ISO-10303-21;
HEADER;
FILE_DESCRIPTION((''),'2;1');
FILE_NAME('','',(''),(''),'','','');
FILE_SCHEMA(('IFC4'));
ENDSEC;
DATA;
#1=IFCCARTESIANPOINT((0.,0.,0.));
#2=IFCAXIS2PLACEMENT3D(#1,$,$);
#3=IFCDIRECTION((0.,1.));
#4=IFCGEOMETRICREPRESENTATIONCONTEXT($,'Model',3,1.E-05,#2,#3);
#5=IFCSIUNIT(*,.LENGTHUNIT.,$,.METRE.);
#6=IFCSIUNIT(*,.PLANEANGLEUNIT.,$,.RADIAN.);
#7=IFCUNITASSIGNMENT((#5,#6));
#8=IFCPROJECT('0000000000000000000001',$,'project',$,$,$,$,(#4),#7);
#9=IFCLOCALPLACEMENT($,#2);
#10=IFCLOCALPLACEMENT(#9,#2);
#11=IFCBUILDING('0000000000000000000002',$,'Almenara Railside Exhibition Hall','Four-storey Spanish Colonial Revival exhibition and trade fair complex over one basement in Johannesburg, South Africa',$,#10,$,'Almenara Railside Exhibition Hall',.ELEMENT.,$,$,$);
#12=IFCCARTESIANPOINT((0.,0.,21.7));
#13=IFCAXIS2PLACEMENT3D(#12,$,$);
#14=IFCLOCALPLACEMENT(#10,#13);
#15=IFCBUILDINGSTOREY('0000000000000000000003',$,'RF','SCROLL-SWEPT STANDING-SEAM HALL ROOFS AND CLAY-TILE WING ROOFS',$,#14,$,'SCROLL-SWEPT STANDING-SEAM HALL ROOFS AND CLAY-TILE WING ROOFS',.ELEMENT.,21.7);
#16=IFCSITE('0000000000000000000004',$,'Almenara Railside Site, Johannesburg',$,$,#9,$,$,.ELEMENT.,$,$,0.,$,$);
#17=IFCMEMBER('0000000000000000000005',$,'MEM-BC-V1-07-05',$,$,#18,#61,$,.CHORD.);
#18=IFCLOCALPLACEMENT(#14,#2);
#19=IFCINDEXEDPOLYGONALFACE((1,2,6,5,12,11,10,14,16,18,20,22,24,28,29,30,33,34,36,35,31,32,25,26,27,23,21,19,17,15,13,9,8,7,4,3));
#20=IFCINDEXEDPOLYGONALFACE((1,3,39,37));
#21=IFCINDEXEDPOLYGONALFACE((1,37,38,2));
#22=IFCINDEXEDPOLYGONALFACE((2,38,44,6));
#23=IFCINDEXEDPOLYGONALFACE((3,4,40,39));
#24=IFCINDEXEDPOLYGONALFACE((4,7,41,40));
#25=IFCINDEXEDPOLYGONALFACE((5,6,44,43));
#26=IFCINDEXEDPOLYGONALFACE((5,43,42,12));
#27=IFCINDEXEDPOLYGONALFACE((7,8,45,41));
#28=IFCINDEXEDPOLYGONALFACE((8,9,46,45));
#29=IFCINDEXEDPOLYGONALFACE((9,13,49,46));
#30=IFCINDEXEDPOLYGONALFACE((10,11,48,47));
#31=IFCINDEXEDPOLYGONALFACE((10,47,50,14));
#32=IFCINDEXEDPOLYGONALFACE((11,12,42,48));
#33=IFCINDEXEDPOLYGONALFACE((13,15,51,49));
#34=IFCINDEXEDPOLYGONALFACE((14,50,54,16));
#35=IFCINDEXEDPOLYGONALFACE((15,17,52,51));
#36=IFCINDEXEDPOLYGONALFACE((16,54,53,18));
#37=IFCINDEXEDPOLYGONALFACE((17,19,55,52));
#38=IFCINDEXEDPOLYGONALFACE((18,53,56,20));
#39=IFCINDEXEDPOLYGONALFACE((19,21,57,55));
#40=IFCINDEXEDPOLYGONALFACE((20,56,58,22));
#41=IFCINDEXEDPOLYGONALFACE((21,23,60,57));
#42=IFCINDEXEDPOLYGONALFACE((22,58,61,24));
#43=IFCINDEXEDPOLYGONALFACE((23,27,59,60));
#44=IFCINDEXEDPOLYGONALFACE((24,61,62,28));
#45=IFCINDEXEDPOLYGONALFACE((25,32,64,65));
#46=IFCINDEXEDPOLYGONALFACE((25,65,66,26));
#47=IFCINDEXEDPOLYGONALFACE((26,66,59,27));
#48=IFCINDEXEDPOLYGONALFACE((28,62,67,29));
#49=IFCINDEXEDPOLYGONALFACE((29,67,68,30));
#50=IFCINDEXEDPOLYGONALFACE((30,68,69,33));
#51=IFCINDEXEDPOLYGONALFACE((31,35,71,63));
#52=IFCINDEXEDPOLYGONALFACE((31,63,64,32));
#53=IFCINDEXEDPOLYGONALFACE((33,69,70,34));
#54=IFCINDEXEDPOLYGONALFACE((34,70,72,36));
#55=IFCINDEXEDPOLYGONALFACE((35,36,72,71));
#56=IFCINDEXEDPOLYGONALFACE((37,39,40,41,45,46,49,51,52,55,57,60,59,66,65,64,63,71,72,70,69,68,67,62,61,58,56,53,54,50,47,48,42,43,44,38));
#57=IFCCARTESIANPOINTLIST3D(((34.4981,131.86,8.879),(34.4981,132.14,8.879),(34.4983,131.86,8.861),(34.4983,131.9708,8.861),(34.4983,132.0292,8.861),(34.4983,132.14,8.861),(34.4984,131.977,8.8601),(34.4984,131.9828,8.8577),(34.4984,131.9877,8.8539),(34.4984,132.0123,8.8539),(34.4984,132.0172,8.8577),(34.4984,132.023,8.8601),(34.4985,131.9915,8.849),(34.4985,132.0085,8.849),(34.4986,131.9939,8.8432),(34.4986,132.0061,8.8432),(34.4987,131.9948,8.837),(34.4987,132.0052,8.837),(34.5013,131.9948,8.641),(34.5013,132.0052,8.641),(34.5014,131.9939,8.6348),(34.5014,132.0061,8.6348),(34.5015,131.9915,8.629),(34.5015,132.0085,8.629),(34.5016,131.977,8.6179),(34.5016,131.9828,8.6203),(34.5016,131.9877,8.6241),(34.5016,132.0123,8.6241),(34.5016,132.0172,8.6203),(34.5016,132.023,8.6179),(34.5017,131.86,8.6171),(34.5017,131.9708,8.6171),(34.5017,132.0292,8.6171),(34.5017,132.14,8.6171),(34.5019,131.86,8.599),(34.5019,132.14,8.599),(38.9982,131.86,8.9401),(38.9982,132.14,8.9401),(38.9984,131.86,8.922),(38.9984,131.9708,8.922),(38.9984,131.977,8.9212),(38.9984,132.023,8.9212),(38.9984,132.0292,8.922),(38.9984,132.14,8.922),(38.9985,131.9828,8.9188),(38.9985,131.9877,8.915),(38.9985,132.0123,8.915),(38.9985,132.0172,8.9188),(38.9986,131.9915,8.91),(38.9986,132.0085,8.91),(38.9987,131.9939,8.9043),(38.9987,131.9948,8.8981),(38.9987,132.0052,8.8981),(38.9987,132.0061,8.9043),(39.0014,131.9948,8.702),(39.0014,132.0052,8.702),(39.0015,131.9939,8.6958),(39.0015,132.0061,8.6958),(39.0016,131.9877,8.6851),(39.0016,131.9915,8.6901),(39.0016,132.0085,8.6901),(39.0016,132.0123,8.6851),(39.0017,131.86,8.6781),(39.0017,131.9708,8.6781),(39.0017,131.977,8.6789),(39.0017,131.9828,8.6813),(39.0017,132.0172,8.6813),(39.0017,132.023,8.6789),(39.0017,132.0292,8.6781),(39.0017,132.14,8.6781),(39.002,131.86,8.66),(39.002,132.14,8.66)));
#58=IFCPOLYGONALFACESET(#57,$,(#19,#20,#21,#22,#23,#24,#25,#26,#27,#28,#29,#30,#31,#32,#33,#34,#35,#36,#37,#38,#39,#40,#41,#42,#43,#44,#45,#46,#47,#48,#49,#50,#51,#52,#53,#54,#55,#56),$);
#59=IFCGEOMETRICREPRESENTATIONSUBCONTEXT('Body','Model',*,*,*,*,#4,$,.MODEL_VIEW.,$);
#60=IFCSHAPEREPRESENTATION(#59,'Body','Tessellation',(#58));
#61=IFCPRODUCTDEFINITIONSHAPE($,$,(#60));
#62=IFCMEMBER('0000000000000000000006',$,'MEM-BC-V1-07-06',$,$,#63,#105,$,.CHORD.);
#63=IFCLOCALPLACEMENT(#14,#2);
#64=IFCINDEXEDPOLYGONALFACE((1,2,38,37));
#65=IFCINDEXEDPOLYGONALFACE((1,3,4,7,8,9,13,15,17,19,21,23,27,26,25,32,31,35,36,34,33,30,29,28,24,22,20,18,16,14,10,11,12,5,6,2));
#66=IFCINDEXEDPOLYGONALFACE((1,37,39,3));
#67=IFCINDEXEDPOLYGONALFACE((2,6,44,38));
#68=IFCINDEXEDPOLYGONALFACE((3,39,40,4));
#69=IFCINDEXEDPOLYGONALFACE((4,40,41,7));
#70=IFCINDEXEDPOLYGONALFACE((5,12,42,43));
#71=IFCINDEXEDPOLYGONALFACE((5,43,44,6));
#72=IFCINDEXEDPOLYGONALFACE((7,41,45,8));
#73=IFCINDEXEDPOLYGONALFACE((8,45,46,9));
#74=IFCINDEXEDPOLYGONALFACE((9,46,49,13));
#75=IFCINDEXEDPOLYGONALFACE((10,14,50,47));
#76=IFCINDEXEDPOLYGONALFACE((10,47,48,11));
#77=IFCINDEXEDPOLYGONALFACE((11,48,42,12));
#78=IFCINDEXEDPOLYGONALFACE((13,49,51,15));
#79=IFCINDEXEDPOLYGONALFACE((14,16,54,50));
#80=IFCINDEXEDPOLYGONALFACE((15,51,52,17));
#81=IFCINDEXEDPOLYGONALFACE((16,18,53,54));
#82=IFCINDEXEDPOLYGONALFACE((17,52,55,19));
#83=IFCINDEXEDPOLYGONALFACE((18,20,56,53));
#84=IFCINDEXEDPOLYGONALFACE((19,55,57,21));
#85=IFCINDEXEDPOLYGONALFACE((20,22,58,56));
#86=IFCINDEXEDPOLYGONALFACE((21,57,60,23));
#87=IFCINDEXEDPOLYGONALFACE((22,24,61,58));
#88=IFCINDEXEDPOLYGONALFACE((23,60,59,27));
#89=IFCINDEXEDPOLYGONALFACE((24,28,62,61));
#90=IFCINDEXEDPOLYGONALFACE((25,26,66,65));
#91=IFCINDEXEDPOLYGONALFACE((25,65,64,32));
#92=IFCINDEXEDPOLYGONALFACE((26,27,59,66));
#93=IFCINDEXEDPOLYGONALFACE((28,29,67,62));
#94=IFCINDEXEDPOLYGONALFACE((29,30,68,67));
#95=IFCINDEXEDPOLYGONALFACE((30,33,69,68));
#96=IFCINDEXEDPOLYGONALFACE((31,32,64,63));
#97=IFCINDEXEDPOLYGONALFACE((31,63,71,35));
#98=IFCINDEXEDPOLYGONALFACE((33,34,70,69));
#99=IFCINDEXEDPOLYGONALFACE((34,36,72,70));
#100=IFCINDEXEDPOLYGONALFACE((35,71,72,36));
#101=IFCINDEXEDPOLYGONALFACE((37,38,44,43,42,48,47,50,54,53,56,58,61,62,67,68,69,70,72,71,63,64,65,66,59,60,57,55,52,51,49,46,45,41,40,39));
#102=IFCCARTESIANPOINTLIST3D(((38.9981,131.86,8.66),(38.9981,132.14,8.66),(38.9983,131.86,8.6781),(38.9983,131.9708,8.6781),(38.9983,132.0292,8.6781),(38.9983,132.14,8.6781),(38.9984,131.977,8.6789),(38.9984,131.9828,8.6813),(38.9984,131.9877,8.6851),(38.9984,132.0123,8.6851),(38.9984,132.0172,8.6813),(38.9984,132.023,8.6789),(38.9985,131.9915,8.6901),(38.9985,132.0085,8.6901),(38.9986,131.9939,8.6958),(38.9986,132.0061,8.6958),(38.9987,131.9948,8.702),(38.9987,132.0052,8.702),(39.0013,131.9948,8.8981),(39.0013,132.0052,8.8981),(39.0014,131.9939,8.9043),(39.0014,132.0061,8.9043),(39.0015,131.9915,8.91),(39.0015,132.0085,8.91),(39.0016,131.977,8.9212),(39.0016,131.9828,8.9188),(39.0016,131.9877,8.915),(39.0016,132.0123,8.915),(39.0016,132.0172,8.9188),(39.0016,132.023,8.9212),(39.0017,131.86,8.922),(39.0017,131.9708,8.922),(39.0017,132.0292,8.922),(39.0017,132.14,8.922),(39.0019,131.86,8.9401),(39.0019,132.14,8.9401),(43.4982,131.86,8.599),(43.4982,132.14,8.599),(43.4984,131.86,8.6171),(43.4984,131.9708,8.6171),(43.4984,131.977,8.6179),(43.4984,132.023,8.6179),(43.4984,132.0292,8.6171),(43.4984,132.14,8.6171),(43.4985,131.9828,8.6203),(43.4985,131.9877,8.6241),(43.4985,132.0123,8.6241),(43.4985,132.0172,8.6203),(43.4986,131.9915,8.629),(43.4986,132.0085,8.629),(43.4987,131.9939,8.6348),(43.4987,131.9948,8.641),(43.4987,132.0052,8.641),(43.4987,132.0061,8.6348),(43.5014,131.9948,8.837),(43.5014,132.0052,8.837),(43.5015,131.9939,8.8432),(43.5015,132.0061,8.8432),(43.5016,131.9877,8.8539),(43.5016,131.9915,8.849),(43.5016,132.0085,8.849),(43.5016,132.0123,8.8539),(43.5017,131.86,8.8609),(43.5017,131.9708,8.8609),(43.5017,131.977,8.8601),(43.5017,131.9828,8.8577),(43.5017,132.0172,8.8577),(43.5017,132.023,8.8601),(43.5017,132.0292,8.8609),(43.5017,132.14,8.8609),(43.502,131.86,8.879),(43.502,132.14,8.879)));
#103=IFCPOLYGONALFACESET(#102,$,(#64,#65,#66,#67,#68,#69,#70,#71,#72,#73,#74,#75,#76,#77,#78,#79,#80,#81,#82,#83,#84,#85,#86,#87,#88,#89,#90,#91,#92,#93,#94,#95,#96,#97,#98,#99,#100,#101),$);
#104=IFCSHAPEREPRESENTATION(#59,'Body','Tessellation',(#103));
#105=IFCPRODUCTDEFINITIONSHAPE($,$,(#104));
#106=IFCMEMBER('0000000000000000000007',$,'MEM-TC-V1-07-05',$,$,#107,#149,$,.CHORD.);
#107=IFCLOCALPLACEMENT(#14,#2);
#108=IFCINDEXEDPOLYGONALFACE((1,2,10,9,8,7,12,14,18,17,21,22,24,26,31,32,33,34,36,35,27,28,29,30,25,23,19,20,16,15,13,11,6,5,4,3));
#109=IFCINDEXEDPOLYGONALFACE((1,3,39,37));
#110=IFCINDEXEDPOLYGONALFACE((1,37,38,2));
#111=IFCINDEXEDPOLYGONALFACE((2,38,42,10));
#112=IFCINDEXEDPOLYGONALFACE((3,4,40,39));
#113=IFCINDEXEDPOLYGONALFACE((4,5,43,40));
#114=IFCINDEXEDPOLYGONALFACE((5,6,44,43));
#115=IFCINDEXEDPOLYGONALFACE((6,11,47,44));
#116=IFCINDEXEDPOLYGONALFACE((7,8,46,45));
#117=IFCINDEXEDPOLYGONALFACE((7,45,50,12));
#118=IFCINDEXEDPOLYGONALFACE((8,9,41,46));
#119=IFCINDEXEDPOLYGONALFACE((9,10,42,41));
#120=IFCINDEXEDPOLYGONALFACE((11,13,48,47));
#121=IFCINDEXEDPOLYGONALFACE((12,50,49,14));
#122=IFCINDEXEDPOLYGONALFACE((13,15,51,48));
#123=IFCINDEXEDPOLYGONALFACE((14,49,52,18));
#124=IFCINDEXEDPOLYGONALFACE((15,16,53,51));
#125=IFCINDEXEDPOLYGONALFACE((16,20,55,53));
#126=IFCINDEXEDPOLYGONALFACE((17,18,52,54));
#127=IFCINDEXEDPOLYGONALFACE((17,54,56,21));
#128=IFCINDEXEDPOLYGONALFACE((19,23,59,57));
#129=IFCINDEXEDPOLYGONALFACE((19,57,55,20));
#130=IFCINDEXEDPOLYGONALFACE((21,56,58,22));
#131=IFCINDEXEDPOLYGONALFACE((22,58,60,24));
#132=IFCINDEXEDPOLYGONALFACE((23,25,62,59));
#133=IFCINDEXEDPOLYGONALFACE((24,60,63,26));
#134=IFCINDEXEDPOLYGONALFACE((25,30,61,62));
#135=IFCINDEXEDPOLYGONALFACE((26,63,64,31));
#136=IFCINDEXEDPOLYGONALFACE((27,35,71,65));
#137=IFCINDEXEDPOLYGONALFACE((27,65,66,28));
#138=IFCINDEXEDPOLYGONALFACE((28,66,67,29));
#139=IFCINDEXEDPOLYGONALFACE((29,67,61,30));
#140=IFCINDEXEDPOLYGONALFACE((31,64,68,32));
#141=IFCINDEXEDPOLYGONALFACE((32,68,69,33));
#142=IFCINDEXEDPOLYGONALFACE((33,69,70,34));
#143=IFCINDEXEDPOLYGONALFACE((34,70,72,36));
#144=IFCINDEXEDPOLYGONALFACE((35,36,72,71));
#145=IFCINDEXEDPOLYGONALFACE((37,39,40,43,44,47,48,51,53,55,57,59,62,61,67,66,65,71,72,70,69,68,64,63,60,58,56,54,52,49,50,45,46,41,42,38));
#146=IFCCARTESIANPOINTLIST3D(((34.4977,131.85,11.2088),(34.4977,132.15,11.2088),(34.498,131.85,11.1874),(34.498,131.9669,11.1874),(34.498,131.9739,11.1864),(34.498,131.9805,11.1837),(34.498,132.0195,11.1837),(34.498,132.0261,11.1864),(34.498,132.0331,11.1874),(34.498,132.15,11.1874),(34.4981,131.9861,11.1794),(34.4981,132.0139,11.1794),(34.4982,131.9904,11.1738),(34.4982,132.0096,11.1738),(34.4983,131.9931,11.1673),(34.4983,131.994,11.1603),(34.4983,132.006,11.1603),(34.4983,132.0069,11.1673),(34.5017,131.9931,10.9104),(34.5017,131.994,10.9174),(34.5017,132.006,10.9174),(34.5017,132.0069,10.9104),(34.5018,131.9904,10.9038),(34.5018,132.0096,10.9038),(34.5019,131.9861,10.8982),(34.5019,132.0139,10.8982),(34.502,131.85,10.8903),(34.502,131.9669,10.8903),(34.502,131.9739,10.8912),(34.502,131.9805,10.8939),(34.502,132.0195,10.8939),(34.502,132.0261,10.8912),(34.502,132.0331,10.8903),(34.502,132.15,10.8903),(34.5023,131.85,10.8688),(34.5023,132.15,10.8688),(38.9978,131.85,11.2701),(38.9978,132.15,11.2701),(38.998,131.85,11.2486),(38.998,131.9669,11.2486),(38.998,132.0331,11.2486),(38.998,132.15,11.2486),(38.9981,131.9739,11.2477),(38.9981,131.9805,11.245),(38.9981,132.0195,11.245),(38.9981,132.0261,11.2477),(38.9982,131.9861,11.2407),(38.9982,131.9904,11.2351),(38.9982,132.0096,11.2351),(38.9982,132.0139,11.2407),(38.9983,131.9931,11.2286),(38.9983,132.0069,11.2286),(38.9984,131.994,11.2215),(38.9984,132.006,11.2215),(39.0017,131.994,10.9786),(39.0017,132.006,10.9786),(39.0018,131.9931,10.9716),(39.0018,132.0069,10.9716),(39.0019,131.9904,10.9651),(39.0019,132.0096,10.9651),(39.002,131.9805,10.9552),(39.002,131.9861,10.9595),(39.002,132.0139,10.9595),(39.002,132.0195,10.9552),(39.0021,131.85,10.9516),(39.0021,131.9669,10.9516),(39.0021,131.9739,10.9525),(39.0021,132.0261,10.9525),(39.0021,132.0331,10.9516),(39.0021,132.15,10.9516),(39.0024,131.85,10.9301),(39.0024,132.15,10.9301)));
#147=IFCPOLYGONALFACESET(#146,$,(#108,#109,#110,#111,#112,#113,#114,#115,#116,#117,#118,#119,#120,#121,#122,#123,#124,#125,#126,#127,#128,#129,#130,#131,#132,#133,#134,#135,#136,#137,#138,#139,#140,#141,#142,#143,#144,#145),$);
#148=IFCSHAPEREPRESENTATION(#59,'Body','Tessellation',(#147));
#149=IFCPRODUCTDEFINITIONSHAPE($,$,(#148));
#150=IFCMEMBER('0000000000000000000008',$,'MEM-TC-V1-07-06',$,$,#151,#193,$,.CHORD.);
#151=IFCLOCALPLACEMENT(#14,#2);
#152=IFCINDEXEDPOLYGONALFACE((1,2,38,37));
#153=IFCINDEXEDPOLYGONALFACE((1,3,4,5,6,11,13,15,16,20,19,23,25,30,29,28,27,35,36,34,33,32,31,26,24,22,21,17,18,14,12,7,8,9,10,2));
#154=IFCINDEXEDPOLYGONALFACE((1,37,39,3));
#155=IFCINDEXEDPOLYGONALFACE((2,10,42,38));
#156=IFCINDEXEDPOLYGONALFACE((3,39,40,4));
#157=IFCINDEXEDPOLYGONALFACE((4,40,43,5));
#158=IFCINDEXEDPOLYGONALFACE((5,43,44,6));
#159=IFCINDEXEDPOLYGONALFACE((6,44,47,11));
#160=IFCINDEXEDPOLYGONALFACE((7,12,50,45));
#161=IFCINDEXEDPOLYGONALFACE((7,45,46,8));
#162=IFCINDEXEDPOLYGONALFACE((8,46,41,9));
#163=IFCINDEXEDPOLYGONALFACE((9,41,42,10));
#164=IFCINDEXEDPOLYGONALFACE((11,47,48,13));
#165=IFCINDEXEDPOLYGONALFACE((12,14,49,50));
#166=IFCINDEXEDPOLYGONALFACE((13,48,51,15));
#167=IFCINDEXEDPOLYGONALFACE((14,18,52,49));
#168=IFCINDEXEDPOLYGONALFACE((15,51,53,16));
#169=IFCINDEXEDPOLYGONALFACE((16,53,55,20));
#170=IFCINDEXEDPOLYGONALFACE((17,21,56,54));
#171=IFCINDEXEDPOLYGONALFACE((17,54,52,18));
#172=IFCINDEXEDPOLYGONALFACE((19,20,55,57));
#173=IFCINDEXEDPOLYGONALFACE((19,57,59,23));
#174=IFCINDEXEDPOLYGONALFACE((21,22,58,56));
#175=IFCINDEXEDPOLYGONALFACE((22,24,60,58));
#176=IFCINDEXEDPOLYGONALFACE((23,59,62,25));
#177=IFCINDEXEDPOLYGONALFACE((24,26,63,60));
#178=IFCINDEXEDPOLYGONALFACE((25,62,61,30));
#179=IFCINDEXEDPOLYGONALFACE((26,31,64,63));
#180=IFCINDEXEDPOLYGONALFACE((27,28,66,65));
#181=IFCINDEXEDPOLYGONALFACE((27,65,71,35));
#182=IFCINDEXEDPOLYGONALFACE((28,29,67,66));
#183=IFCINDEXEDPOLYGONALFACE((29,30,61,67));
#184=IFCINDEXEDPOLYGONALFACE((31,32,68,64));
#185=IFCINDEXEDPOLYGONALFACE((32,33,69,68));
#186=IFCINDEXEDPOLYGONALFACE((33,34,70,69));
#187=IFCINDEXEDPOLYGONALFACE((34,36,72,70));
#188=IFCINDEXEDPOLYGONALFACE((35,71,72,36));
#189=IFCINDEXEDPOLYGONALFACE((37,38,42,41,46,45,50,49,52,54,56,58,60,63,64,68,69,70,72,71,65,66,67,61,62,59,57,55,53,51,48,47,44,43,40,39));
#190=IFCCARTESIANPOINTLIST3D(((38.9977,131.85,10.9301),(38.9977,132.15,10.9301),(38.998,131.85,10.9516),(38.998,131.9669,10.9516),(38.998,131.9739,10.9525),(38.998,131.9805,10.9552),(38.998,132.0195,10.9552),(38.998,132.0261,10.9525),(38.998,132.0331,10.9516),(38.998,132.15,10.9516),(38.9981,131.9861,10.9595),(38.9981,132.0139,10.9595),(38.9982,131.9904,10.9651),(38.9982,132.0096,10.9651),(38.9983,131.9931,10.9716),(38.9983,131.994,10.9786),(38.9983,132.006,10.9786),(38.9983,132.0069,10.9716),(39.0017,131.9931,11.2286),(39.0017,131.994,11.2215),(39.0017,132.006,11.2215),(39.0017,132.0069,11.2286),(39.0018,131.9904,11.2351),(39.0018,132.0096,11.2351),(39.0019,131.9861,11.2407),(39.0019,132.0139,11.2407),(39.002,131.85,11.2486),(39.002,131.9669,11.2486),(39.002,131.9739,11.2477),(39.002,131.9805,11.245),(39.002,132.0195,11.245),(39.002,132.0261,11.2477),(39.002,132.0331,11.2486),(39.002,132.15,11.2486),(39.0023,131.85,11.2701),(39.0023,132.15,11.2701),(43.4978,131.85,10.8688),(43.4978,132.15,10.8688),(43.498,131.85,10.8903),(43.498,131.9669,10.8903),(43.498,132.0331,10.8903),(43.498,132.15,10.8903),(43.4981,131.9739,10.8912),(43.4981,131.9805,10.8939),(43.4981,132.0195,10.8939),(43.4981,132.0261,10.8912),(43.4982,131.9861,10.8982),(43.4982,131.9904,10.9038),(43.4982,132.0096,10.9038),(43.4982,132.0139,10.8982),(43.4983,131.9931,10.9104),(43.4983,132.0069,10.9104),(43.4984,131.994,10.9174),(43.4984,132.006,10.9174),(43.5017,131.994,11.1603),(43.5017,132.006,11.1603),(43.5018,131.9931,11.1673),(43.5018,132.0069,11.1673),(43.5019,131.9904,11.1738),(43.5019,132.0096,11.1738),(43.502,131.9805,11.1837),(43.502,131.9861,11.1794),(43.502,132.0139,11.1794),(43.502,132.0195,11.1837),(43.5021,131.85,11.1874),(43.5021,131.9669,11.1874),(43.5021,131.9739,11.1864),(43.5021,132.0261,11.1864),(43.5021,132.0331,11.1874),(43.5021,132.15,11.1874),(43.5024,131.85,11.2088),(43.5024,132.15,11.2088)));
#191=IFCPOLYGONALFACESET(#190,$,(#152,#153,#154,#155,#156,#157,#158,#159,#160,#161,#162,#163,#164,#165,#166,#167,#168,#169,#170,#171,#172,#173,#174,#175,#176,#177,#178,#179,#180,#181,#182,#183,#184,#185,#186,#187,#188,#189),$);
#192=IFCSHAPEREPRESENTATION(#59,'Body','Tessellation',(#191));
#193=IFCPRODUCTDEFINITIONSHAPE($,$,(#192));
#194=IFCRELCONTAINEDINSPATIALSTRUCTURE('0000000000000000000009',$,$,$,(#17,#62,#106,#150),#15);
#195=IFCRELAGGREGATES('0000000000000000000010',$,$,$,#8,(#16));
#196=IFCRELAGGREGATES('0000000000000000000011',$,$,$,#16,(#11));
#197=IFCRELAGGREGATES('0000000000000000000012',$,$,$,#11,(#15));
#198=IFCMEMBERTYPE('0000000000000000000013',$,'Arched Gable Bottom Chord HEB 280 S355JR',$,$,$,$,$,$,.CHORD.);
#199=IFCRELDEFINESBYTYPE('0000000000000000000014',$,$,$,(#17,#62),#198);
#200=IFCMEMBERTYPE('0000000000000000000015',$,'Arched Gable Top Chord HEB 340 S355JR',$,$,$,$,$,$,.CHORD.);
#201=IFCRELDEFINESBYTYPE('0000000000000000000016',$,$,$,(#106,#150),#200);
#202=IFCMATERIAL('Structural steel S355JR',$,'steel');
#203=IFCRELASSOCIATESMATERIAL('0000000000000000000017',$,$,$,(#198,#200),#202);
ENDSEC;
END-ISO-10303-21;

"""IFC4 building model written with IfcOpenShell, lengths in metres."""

from ifc_helpers import new_model, si_unit, direction, frame, origin, origin_2d, place, context, subcontext, project, spatial, i_section, extrude, material, material_profile, profile_set, type_object, element, save


model = new_model("IFC4")

# Units and contexts
model_context = context("Model", 3, precision=1e-05, world=origin(), true_north=direction((0.0, 1.0)))
body_context = subcontext(model_context, "Body", "Model", "MODEL_VIEW")
ifc_project = project(units=[si_unit("LENGTHUNIT", "METRE"), si_unit("PLANEANGLEUNIT", "RADIAN")], contexts=[model_context])

# Site, building, storey
site_placement = place(None, origin())
site = spatial("IfcSite", under=ifc_project, at=site_placement, Name="Almenara Railside Site, Johannesburg", CompositionType="ELEMENT", RefElevation=0.0)
building_placement = place(site_placement, origin())
building = spatial("IfcBuilding", under=site, at=building_placement, Name="Almenara Railside Exhibition Hall", Description="Four-storey Spanish Colonial Revival exhibition and trade fair complex over one basement in Johannesburg, South Africa", LongName="Almenara Railside Exhibition Hall", CompositionType="ELEMENT")
storey_placement = place(building_placement, frame((0.0, 0.0, 21.7)))
storey = spatial("IfcBuildingStorey", under=building, at=storey_placement, Name="RF", Description="SCROLL-SWEPT STANDING-SEAM HALL ROOFS AND CLAY-TILE WING ROOFS", LongName="SCROLL-SWEPT STANDING-SEAM HALL ROOFS AND CLAY-TILE WING ROOFS", CompositionType="ELEMENT", Elevation=21.7)

# Members
ifc_material_1 = material(Name="Structural steel S355JR", Category="steel")
ifc_material_profile_1 = material_profile(ifc_material_1, i_section(OverallWidth=0.28, OverallDepth=0.28, WebThickness=0.0105, FlangeThickness=0.0181, FilletRadius=0.0239, at=origin_2d()), Name="HEB 280")
ifc_profile_set_1 = profile_set([ifc_material_profile_1], Name="Structural steel S355JR")
member_type_1 = type_object("IfcMemberType", Name="Arched Gable Bottom Chord HEB 280 S355JR", PredefinedType="CHORD", material=ifc_profile_set_1)
for number, where, z_axis, x_axis, name in (
    (1, (34.5, 132.0, 8.739), (0.999908, 0.0, 0.013562), (0.0, 1.0, 0.0), "MEM-BC-V1-07-05"),
    (2, (39.0, 132.0, 8.8), (0.999908, 0.0, -0.013562), (0.0, 1.0, 0.0), "MEM-BC-V1-07-06"),
):
    element("IfcMember", number, at=place(storey_placement, frame(where, z_axis=z_axis, x_axis=x_axis)), inside=storey, type_object=member_type_1, Name=name, PredefinedType="CHORD", context=body_context, shape_type="SweptSolid", body=[
        extrude(i_section(OverallWidth=0.28, OverallDepth=0.28, WebThickness=0.0105, FlangeThickness=0.0181, FilletRadius=0.0239, at=origin_2d()), origin(), (0.0, 0.0, 1.0), 4.5005),
    ])
ifc_material_profile_2 = material_profile(ifc_material_1, i_section(OverallWidth=0.3, OverallDepth=0.3401, WebThickness=0.012, FlangeThickness=0.0215, FilletRadius=0.0271, at=origin_2d()), Name="HEB 340")
ifc_profile_set_2 = profile_set([ifc_material_profile_2], Name="Structural steel S355JR")
member_type_2 = type_object("IfcMemberType", Name="Arched Gable Top Chord HEB 340 S355JR", PredefinedType="CHORD", material=ifc_profile_set_2)
for number, where, z_axis, x_axis, name in (
    (3, (34.5, 132.0, 11.0388), (0.999907, 0.0, 0.013616), (0.0, 1.0, 0.0), "MEM-TC-V1-07-05"),
    (4, (39.0, 132.0, 11.1001), (0.999907, 0.0, -0.013616), (0.0, 1.0, 0.0), "MEM-TC-V1-07-06"),
):
    element("IfcMember", number, at=place(storey_placement, frame(where, z_axis=z_axis, x_axis=x_axis)), inside=storey, type_object=member_type_2, Name=name, PredefinedType="CHORD", context=body_context, shape_type="SweptSolid", body=[
        extrude(i_section(OverallWidth=0.3, OverallDepth=0.3401, WebThickness=0.012, FlangeThickness=0.0215, FilletRadius=0.0271, at=origin_2d()), origin(), (0.0, 0.0, 1.0), 4.5005),
    ])

save(model, "model.ifc")
